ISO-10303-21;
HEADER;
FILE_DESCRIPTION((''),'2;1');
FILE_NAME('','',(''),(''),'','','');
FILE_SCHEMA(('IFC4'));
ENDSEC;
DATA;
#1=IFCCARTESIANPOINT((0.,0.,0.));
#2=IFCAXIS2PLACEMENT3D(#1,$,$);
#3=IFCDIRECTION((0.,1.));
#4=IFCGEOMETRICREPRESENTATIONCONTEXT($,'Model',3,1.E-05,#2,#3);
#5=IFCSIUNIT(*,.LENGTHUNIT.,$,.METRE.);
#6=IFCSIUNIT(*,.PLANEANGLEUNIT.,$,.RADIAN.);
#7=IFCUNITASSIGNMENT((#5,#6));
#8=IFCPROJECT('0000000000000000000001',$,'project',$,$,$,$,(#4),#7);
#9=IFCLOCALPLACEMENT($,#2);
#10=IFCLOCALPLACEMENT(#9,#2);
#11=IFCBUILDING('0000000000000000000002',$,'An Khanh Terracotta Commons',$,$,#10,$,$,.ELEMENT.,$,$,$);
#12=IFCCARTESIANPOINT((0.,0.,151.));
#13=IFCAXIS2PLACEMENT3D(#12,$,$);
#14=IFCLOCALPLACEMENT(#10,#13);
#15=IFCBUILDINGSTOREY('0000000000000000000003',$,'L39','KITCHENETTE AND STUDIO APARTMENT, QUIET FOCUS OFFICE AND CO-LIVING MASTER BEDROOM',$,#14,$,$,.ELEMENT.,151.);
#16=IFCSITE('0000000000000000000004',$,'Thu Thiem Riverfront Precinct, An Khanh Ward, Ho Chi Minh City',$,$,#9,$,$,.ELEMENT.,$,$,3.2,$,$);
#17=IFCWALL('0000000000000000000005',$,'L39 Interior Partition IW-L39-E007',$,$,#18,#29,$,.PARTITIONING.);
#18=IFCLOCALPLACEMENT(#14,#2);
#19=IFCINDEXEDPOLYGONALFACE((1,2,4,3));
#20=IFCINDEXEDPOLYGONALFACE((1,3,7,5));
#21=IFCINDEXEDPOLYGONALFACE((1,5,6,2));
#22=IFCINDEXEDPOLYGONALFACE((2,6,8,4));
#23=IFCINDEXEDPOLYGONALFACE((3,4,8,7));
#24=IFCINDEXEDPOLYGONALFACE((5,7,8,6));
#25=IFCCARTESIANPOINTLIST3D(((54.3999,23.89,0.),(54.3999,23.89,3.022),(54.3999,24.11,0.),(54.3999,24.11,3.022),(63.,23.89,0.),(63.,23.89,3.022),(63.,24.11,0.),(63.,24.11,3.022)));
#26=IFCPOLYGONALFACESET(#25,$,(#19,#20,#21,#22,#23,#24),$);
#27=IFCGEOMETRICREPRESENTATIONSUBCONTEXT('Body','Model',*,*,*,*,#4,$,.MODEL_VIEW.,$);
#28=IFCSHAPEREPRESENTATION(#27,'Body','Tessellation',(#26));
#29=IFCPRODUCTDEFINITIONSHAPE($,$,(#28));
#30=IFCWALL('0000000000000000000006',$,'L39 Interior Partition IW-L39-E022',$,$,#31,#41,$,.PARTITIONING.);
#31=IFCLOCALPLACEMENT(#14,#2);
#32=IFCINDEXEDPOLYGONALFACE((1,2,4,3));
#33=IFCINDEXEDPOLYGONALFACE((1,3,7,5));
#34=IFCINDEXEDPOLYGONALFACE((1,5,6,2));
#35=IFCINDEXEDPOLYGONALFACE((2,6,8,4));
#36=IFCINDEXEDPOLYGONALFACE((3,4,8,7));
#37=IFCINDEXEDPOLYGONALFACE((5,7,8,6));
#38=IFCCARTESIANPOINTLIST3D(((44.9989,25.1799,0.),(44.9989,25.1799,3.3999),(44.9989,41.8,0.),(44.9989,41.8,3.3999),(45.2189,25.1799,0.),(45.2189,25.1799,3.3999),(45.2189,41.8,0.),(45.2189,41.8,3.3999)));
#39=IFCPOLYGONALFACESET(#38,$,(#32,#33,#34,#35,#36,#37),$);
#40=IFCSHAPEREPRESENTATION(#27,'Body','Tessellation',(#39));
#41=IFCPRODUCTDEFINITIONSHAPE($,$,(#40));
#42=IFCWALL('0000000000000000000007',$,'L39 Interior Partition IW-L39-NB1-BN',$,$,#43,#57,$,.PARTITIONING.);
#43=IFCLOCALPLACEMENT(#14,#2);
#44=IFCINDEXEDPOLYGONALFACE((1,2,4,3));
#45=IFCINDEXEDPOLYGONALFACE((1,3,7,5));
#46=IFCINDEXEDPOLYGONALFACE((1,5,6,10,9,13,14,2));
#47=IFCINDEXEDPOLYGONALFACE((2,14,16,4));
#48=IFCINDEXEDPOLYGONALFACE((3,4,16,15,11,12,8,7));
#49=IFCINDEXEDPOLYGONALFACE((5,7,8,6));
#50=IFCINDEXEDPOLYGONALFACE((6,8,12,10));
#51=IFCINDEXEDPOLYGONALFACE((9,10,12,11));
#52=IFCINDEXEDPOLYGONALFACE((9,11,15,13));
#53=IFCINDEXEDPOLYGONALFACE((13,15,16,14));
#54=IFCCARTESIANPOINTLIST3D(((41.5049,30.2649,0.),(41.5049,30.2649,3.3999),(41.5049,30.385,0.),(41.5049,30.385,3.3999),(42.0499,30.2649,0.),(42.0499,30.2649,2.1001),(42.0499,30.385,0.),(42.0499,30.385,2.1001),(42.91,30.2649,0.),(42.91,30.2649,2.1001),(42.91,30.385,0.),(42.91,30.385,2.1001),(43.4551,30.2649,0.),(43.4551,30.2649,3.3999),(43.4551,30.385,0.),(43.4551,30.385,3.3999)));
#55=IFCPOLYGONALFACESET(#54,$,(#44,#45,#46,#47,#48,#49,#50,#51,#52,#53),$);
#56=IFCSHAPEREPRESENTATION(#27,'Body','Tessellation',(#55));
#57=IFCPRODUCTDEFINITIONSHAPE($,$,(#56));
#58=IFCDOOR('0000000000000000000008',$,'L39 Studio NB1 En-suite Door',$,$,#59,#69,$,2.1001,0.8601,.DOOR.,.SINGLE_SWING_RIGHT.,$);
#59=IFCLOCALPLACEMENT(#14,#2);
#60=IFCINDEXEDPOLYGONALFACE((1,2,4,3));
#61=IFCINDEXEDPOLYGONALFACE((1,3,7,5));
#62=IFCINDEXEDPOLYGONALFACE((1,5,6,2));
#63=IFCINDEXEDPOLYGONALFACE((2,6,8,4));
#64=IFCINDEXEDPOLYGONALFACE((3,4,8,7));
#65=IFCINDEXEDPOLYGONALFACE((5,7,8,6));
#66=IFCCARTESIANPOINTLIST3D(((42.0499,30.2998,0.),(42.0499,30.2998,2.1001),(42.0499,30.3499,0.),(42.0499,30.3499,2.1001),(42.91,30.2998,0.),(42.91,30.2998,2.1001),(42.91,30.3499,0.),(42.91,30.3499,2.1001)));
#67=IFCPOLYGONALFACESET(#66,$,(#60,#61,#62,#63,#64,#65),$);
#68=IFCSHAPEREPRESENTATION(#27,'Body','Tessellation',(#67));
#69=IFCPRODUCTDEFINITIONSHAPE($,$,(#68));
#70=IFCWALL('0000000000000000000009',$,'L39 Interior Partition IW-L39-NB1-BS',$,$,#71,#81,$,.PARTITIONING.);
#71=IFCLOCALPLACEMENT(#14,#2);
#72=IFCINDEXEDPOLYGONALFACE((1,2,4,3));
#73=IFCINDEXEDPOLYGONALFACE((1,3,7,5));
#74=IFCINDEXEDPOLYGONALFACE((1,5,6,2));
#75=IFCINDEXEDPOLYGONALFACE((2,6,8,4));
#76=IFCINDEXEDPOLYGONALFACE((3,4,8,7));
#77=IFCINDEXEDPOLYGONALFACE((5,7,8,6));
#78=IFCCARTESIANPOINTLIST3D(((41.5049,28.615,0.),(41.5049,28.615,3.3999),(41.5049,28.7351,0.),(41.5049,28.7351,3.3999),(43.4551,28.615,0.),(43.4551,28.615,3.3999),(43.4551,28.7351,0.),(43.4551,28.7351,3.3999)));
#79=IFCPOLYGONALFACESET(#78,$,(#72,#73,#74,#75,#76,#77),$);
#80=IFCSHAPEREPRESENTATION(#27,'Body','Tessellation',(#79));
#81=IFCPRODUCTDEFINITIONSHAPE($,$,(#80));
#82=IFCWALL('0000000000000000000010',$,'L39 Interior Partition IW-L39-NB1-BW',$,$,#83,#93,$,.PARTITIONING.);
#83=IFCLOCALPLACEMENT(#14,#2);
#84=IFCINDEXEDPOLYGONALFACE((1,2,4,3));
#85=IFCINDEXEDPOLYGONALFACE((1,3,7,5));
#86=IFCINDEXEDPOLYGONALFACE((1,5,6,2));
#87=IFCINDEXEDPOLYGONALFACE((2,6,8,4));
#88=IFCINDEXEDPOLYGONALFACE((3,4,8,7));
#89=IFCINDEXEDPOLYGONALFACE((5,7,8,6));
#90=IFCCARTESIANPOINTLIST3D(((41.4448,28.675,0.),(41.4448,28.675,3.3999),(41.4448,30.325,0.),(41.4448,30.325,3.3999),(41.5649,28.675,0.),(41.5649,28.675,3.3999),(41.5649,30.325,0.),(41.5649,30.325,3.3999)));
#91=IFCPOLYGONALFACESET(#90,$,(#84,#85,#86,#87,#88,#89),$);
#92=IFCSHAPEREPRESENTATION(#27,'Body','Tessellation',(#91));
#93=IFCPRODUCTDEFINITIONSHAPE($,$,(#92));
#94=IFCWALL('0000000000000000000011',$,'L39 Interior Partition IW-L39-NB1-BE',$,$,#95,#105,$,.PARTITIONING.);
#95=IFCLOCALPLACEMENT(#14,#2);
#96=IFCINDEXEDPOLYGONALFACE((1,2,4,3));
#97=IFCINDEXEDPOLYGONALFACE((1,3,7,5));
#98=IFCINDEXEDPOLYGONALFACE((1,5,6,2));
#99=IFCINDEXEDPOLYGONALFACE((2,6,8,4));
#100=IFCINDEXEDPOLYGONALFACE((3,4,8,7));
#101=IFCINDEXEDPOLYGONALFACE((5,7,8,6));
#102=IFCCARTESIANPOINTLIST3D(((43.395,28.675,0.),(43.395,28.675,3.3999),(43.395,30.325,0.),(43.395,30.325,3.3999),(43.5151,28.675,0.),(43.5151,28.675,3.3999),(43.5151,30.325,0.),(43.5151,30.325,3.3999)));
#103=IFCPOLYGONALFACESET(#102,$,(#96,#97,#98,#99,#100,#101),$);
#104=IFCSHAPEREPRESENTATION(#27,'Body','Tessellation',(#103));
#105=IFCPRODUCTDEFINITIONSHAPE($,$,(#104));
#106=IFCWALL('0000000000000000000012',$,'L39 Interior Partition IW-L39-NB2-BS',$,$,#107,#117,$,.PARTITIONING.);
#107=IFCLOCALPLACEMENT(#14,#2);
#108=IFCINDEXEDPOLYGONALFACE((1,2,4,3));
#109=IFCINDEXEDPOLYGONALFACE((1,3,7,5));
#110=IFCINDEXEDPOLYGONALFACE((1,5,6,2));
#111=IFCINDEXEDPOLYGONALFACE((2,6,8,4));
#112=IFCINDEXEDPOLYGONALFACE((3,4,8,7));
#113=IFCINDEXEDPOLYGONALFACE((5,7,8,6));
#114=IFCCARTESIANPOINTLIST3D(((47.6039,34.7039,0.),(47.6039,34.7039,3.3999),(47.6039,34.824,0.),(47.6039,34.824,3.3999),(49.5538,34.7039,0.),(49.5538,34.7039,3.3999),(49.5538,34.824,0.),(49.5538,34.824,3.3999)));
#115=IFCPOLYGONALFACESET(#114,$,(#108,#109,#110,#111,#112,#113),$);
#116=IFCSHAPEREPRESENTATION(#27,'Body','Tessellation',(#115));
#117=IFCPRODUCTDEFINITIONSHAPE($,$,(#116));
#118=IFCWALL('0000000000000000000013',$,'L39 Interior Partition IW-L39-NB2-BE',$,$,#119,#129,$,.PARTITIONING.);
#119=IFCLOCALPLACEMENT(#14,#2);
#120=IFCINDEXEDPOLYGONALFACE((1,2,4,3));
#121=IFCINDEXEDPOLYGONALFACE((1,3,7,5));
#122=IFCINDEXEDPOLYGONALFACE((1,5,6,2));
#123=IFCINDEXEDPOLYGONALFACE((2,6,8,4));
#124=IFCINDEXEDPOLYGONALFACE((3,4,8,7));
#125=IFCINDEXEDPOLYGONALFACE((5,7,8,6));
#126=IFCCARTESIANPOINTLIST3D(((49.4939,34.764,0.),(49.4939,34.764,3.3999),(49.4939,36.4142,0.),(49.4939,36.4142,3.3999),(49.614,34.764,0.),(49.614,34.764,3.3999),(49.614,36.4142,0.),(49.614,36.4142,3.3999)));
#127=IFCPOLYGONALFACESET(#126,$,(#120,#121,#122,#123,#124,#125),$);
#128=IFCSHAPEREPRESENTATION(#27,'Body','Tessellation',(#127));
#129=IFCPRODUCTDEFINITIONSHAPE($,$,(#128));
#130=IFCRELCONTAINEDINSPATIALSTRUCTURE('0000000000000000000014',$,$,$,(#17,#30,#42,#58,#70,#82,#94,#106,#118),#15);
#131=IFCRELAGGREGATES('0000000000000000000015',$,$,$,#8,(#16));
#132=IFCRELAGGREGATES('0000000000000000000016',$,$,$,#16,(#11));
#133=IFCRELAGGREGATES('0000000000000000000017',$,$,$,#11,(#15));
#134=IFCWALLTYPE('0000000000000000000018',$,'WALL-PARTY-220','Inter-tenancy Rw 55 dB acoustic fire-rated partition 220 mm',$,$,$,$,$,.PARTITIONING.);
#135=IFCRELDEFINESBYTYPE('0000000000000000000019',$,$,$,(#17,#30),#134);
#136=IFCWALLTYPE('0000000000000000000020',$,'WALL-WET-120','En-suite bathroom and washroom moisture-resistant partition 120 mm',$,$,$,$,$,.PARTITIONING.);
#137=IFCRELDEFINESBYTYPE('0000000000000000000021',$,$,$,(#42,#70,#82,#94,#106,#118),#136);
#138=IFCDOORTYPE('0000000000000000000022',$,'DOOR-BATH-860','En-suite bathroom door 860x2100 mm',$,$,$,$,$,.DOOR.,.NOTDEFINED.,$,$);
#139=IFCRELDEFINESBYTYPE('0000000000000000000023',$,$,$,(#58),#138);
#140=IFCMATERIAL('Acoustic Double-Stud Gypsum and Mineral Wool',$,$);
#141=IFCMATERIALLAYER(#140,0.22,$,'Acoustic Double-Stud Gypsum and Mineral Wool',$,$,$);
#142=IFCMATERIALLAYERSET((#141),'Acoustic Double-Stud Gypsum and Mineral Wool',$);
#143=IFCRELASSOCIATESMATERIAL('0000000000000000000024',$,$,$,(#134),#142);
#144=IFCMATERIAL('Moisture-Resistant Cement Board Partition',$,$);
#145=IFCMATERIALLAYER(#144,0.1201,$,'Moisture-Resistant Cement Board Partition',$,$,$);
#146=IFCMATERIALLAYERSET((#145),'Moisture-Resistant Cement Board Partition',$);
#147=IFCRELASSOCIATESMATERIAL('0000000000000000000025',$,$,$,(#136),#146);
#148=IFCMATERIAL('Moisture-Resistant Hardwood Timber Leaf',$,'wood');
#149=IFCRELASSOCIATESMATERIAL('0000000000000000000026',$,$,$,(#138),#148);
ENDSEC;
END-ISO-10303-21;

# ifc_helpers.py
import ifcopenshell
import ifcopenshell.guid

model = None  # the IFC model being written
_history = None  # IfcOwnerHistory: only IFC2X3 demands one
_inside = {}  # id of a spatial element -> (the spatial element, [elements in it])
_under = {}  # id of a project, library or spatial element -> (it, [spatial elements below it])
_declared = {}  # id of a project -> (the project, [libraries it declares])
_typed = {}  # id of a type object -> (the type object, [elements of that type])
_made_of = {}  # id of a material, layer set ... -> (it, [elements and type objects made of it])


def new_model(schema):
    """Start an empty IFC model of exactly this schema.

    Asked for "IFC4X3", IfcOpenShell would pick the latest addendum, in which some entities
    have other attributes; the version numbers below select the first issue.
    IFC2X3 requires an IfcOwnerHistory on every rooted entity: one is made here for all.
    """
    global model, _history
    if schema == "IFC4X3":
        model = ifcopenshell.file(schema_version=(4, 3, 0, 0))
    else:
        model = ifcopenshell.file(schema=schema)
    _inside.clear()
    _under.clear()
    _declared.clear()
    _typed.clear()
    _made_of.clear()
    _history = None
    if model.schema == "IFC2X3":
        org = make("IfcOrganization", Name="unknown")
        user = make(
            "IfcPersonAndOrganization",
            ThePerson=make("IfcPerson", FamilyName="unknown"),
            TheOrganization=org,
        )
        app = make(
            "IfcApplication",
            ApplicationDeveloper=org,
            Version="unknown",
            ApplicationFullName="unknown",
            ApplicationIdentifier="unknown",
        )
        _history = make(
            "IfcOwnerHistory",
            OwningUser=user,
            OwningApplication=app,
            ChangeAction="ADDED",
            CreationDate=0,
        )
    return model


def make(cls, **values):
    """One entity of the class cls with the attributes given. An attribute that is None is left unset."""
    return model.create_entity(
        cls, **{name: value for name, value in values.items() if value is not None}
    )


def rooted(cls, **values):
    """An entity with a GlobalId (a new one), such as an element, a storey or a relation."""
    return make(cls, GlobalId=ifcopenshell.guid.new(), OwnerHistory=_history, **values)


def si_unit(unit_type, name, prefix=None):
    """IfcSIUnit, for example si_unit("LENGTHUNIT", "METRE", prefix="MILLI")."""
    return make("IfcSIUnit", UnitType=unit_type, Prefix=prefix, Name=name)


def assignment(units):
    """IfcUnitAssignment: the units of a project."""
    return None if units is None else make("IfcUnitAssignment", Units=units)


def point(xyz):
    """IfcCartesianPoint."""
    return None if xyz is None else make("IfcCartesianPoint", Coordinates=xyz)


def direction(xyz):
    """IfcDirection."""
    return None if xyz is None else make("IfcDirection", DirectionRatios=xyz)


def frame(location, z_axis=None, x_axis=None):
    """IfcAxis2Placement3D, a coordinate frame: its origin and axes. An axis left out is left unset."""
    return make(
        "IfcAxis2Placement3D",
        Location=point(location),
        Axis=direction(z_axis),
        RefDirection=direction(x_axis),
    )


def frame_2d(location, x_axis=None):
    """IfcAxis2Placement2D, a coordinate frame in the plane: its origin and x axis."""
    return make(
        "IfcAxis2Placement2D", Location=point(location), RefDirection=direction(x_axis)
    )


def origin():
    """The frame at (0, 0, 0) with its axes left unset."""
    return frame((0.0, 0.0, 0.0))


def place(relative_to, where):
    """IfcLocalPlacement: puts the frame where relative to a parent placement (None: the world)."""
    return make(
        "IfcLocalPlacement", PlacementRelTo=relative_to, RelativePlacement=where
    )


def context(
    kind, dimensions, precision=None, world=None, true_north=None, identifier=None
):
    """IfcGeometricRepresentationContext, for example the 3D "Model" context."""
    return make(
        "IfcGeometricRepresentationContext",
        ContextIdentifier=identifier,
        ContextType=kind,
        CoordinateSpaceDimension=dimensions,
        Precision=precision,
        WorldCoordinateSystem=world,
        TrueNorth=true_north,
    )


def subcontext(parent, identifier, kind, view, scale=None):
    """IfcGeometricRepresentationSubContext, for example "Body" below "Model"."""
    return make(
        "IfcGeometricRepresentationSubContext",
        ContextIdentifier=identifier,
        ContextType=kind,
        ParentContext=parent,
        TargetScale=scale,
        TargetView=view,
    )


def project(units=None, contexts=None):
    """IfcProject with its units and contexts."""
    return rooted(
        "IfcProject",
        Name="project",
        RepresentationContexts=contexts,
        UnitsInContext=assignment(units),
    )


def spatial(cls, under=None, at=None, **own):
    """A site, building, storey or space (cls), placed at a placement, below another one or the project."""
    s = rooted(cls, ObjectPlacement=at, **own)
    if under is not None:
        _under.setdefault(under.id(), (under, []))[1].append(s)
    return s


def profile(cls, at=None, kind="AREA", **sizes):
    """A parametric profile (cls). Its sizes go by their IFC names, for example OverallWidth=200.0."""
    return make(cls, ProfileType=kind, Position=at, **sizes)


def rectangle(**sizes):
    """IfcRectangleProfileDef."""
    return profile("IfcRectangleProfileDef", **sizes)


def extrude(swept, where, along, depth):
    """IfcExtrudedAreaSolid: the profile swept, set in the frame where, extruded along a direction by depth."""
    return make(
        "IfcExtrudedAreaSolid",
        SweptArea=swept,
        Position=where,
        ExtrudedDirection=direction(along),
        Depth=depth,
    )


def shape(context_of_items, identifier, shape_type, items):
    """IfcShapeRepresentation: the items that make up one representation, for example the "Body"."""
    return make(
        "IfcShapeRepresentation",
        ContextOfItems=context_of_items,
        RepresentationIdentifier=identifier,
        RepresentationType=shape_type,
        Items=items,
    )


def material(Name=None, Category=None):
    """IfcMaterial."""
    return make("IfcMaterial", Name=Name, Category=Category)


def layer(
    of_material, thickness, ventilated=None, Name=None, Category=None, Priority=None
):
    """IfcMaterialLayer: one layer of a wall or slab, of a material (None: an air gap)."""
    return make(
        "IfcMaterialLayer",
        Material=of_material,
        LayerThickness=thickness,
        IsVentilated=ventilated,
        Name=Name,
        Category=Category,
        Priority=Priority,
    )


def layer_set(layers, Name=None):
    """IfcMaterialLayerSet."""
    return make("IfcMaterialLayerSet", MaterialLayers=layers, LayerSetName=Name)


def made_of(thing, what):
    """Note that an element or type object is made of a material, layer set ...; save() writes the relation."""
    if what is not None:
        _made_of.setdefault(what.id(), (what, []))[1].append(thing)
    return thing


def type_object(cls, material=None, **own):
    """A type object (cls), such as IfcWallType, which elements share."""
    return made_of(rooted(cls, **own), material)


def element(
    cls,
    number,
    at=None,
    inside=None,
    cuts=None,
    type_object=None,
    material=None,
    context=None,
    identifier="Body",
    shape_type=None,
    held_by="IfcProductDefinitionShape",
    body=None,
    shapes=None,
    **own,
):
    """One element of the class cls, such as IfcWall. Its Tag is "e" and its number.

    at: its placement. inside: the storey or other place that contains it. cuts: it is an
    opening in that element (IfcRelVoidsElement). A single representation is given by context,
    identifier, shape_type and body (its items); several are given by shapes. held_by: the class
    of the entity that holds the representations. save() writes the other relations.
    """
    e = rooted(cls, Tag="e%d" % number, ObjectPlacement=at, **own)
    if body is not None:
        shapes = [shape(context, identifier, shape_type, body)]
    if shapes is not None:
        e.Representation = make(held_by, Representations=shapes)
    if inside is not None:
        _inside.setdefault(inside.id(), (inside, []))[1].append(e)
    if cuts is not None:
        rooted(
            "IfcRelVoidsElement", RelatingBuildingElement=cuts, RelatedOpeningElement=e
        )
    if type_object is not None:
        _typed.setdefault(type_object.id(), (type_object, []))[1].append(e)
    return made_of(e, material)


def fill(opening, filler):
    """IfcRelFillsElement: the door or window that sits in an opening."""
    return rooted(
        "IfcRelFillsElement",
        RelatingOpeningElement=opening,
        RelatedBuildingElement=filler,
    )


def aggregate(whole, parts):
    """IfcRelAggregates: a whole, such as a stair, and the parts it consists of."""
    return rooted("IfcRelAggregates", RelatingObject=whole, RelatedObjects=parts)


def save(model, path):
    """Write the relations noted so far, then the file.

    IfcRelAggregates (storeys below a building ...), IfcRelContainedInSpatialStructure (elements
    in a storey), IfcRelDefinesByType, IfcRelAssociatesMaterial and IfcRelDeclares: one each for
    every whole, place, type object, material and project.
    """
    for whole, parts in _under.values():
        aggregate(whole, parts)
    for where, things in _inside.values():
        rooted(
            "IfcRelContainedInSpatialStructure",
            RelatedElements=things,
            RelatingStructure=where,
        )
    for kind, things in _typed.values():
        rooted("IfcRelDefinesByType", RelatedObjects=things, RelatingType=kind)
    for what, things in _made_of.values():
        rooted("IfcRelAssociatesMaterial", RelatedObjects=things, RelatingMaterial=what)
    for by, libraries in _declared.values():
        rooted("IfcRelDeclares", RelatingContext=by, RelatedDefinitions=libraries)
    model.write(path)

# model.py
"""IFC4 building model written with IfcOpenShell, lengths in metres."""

from ifc_helpers import new_model, si_unit, direction, frame, frame_2d, origin, place, context, subcontext, project, spatial, rectangle, extrude, material, layer, layer_set, type_object, element, fill, save


model = new_model("IFC4")

# Units and contexts
model_context = context("Model", 3, precision=1e-05, world=origin(), true_north=direction((0.0, 1.0)))
body_context = subcontext(model_context, "Body", "Model", "MODEL_VIEW")
ifc_project = project(units=[si_unit("LENGTHUNIT", "METRE"), si_unit("PLANEANGLEUNIT", "RADIAN")], contexts=[model_context])

# Site, building, storey
site_placement = place(None, origin())
site = spatial("IfcSite", under=ifc_project, at=site_placement, Name="Thu Thiem Riverfront Precinct, An Khanh Ward, Ho Chi Minh City", CompositionType="ELEMENT", RefElevation=3.2)
building_placement = place(site_placement, origin())
building = spatial("IfcBuilding", under=site, at=building_placement, Name="An Khanh Terracotta Commons", CompositionType="ELEMENT")
storey_placement = place(building_placement, frame((0.0, 0.0, 151.0)))
storey = spatial("IfcBuildingStorey", under=building, at=storey_placement, Name="L39", Description="KITCHENETTE AND STUDIO APARTMENT, QUIET FOCUS OFFICE AND CO-LIVING MASTER BEDROOM", CompositionType="ELEMENT", Elevation=151.0)

# Walls
ifc_material_1 = material(Name="Acoustic Double-Stud Gypsum and Mineral Wool")
ifc_layer_1 = layer(ifc_material_1, 0.22, Name="Acoustic Double-Stud Gypsum and Mineral Wool")
ifc_layer_set_1 = layer_set([ifc_layer_1], Name="Acoustic Double-Stud Gypsum and Mineral Wool")
wall_type_1 = type_object("IfcWallType", Name="WALL-PARTY-220", Description="Inter-tenancy Rw 55 dB acoustic fire-rated partition 220 mm", PredefinedType="PARTITIONING", material=ifc_layer_set_1)
wall_1_placement = place(storey_placement, frame((54.3999, 24.0, 0.0), z_axis=(0.0, 0.0, 1.0), x_axis=(1.0, 0.0, 0.0)))
element("IfcWall", 1, at=wall_1_placement, inside=storey, type_object=wall_type_1, Name="L39 Interior Partition IW-L39-E007", PredefinedType="PARTITIONING", context=body_context, shape_type="SweptSolid", body=[
    extrude(rectangle(XDim=8.6001, YDim=0.22, at=frame_2d((4.3, 0.0))), origin(), (0.0, 0.0, 1.0), 3.022),
])
wall_2_placement = place(storey_placement, frame((45.1089, 25.1799, 0.0), z_axis=(0.0, 0.0, 1.0), x_axis=(0.0, 1.0, 0.0)))
element("IfcWall", 2, at=wall_2_placement, inside=storey, type_object=wall_type_1, Name="L39 Interior Partition IW-L39-E022", PredefinedType="PARTITIONING", context=body_context, shape_type="SweptSolid", body=[
    extrude(rectangle(XDim=16.6201, YDim=0.22, at=frame_2d((8.3101, 0.0))), origin(), (0.0, 0.0, 1.0), 3.3999),
])

# Wall, opening, door
ifc_material_2 = material(Name="Moisture-Resistant Cement Board Partition")
ifc_layer_2 = layer(ifc_material_2, 0.1201, Name="Moisture-Resistant Cement Board Partition")
ifc_layer_set_2 = layer_set([ifc_layer_2], Name="Moisture-Resistant Cement Board Partition")
wall_type_2 = type_object("IfcWallType", Name="WALL-WET-120", Description="En-suite bathroom and washroom moisture-resistant partition 120 mm", PredefinedType="PARTITIONING", material=ifc_layer_set_2)
wall_3_placement = place(storey_placement, frame((41.5049, 30.325, 0.0), z_axis=(0.0, 0.0, 1.0), x_axis=(1.0, 0.0, 0.0)))
wall_3 = element("IfcWall", 3, at=wall_3_placement, inside=storey, type_object=wall_type_2, Name="L39 Interior Partition IW-L39-NB1-BN", PredefinedType="PARTITIONING", context=body_context, shape_type="SweptSolid", body=[
    extrude(rectangle(XDim=1.9502, YDim=0.1201, at=frame_2d((0.9751, 0.0))), origin(), (0.0, 0.0, 1.0), 3.3999),
])
opening_1_placement = place(wall_3_placement, frame((0.5449, 0.0, 0.0)))
opening_1 = element("IfcOpeningElement", 4, at=opening_1_placement, cuts=wall_3, PredefinedType="OPENING", context=body_context, shape_type="SweptSolid", body=[
    extrude(rectangle(XDim=0.8601, YDim=2.1001, at=frame_2d((0.4302, 1.05))), frame((0.0, 0.0701, 0.0), z_axis=(0.0, -1.0, 0.0), x_axis=(1.0, 0.0, 0.0)), (0.0, 0.0, 1.0), 0.1401),
])
ifc_material_3 = material(Name="Moisture-Resistant Hardwood Timber Leaf", Category="wood")
door_type_1 = type_object("IfcDoorType", Name="DOOR-BATH-860", Description="En-suite bathroom door 860x2100 mm", OperationType="NOTDEFINED", PredefinedType="DOOR", material=ifc_material_3)
door_1_placement = place(opening_1_placement, origin())
door_1 = element("IfcDoor", 5, at=door_1_placement, inside=storey, type_object=door_type_1, Name="L39 Studio NB1 En-suite Door", OperationType="SINGLE_SWING_RIGHT", OverallHeight=2.1001, OverallWidth=0.8601, PredefinedType="DOOR", context=body_context, shape_type="SweptSolid", body=[
    extrude(rectangle(XDim=0.8601, YDim=2.1001, at=frame_2d((0.4302, 1.05))), frame((0.0, 0.0249, 0.0), z_axis=(0.0, -1.0, 0.0), x_axis=(1.0, 0.0, 0.0)), (0.0, 0.0, 1.0), 0.05),
])
fill(opening_1, door_1)

# Walls
wall_4_placement = place(storey_placement, frame((43.4551, 28.675, 0.0), z_axis=(0.0, 0.0, 1.0), x_axis=(-1.0, 0.0, 0.0)))
element("IfcWall", 6, at=wall_4_placement, inside=storey, type_object=wall_type_2, Name="L39 Interior Partition IW-L39-NB1-BS", PredefinedType="PARTITIONING", context=body_context, shape_type="SweptSolid", body=[
    extrude(rectangle(XDim=1.9502, YDim=0.1201, at=frame_2d((0.9751, 0.0))), origin(), (0.0, 0.0, 1.0), 3.3999),
])
for number, where, z_axis, x_axis, name in (
    (7, (41.5049, 30.325, 0.0), (0.0, 0.0, 1.0), (0.0, -1.0, 0.0), "L39 Interior Partition IW-L39-NB1-BW"),
    (8, (43.4551, 28.675, 0.0), (0.0, 0.0, 1.0), (0.0, 1.0, 0.0), "L39 Interior Partition IW-L39-NB1-BE"),
):
    element("IfcWall", number, at=place(storey_placement, frame(where, z_axis=z_axis, x_axis=x_axis)), inside=storey, type_object=wall_type_2, Name=name, PredefinedType="PARTITIONING", context=body_context, shape_type="SweptSolid", body=[
        extrude(rectangle(XDim=1.6499, YDim=0.1201, at=frame_2d((0.825, 0.0))), origin(), (0.0, 0.0, 1.0), 3.3999),
    ])
wall_5_placement = place(storey_placement, frame((49.554, 34.7639, 0.0), z_axis=(0.0, 0.0, 1.0), x_axis=(-1.0, 0.0, 0.0)))
element("IfcWall", 9, at=wall_5_placement, inside=storey, type_object=wall_type_2, Name="L39 Interior Partition IW-L39-NB2-BS", PredefinedType="PARTITIONING", context=body_context, shape_type="SweptSolid", body=[
    extrude(rectangle(XDim=1.95, YDim=0.1201, at=frame_2d((0.9751, 0.0))), origin(), (0.0, 0.0, 1.0), 3.3999),
])
wall_6_placement = place(storey_placement, frame((49.554, 34.7639, 0.0), z_axis=(0.0, 0.0, 1.0), x_axis=(0.0, 1.0, 0.0)))
element("IfcWall", 10, at=wall_6_placement, inside=storey, type_object=wall_type_2, Name="L39 Interior Partition IW-L39-NB2-BE", PredefinedType="PARTITIONING", context=body_context, shape_type="SweptSolid", body=[
    extrude(rectangle(XDim=1.6501, YDim=0.1201, at=frame_2d((0.8252, 0.0))), origin(), (0.0, 0.0, 1.0), 3.3999),
])

save(model, "model.ifc")
